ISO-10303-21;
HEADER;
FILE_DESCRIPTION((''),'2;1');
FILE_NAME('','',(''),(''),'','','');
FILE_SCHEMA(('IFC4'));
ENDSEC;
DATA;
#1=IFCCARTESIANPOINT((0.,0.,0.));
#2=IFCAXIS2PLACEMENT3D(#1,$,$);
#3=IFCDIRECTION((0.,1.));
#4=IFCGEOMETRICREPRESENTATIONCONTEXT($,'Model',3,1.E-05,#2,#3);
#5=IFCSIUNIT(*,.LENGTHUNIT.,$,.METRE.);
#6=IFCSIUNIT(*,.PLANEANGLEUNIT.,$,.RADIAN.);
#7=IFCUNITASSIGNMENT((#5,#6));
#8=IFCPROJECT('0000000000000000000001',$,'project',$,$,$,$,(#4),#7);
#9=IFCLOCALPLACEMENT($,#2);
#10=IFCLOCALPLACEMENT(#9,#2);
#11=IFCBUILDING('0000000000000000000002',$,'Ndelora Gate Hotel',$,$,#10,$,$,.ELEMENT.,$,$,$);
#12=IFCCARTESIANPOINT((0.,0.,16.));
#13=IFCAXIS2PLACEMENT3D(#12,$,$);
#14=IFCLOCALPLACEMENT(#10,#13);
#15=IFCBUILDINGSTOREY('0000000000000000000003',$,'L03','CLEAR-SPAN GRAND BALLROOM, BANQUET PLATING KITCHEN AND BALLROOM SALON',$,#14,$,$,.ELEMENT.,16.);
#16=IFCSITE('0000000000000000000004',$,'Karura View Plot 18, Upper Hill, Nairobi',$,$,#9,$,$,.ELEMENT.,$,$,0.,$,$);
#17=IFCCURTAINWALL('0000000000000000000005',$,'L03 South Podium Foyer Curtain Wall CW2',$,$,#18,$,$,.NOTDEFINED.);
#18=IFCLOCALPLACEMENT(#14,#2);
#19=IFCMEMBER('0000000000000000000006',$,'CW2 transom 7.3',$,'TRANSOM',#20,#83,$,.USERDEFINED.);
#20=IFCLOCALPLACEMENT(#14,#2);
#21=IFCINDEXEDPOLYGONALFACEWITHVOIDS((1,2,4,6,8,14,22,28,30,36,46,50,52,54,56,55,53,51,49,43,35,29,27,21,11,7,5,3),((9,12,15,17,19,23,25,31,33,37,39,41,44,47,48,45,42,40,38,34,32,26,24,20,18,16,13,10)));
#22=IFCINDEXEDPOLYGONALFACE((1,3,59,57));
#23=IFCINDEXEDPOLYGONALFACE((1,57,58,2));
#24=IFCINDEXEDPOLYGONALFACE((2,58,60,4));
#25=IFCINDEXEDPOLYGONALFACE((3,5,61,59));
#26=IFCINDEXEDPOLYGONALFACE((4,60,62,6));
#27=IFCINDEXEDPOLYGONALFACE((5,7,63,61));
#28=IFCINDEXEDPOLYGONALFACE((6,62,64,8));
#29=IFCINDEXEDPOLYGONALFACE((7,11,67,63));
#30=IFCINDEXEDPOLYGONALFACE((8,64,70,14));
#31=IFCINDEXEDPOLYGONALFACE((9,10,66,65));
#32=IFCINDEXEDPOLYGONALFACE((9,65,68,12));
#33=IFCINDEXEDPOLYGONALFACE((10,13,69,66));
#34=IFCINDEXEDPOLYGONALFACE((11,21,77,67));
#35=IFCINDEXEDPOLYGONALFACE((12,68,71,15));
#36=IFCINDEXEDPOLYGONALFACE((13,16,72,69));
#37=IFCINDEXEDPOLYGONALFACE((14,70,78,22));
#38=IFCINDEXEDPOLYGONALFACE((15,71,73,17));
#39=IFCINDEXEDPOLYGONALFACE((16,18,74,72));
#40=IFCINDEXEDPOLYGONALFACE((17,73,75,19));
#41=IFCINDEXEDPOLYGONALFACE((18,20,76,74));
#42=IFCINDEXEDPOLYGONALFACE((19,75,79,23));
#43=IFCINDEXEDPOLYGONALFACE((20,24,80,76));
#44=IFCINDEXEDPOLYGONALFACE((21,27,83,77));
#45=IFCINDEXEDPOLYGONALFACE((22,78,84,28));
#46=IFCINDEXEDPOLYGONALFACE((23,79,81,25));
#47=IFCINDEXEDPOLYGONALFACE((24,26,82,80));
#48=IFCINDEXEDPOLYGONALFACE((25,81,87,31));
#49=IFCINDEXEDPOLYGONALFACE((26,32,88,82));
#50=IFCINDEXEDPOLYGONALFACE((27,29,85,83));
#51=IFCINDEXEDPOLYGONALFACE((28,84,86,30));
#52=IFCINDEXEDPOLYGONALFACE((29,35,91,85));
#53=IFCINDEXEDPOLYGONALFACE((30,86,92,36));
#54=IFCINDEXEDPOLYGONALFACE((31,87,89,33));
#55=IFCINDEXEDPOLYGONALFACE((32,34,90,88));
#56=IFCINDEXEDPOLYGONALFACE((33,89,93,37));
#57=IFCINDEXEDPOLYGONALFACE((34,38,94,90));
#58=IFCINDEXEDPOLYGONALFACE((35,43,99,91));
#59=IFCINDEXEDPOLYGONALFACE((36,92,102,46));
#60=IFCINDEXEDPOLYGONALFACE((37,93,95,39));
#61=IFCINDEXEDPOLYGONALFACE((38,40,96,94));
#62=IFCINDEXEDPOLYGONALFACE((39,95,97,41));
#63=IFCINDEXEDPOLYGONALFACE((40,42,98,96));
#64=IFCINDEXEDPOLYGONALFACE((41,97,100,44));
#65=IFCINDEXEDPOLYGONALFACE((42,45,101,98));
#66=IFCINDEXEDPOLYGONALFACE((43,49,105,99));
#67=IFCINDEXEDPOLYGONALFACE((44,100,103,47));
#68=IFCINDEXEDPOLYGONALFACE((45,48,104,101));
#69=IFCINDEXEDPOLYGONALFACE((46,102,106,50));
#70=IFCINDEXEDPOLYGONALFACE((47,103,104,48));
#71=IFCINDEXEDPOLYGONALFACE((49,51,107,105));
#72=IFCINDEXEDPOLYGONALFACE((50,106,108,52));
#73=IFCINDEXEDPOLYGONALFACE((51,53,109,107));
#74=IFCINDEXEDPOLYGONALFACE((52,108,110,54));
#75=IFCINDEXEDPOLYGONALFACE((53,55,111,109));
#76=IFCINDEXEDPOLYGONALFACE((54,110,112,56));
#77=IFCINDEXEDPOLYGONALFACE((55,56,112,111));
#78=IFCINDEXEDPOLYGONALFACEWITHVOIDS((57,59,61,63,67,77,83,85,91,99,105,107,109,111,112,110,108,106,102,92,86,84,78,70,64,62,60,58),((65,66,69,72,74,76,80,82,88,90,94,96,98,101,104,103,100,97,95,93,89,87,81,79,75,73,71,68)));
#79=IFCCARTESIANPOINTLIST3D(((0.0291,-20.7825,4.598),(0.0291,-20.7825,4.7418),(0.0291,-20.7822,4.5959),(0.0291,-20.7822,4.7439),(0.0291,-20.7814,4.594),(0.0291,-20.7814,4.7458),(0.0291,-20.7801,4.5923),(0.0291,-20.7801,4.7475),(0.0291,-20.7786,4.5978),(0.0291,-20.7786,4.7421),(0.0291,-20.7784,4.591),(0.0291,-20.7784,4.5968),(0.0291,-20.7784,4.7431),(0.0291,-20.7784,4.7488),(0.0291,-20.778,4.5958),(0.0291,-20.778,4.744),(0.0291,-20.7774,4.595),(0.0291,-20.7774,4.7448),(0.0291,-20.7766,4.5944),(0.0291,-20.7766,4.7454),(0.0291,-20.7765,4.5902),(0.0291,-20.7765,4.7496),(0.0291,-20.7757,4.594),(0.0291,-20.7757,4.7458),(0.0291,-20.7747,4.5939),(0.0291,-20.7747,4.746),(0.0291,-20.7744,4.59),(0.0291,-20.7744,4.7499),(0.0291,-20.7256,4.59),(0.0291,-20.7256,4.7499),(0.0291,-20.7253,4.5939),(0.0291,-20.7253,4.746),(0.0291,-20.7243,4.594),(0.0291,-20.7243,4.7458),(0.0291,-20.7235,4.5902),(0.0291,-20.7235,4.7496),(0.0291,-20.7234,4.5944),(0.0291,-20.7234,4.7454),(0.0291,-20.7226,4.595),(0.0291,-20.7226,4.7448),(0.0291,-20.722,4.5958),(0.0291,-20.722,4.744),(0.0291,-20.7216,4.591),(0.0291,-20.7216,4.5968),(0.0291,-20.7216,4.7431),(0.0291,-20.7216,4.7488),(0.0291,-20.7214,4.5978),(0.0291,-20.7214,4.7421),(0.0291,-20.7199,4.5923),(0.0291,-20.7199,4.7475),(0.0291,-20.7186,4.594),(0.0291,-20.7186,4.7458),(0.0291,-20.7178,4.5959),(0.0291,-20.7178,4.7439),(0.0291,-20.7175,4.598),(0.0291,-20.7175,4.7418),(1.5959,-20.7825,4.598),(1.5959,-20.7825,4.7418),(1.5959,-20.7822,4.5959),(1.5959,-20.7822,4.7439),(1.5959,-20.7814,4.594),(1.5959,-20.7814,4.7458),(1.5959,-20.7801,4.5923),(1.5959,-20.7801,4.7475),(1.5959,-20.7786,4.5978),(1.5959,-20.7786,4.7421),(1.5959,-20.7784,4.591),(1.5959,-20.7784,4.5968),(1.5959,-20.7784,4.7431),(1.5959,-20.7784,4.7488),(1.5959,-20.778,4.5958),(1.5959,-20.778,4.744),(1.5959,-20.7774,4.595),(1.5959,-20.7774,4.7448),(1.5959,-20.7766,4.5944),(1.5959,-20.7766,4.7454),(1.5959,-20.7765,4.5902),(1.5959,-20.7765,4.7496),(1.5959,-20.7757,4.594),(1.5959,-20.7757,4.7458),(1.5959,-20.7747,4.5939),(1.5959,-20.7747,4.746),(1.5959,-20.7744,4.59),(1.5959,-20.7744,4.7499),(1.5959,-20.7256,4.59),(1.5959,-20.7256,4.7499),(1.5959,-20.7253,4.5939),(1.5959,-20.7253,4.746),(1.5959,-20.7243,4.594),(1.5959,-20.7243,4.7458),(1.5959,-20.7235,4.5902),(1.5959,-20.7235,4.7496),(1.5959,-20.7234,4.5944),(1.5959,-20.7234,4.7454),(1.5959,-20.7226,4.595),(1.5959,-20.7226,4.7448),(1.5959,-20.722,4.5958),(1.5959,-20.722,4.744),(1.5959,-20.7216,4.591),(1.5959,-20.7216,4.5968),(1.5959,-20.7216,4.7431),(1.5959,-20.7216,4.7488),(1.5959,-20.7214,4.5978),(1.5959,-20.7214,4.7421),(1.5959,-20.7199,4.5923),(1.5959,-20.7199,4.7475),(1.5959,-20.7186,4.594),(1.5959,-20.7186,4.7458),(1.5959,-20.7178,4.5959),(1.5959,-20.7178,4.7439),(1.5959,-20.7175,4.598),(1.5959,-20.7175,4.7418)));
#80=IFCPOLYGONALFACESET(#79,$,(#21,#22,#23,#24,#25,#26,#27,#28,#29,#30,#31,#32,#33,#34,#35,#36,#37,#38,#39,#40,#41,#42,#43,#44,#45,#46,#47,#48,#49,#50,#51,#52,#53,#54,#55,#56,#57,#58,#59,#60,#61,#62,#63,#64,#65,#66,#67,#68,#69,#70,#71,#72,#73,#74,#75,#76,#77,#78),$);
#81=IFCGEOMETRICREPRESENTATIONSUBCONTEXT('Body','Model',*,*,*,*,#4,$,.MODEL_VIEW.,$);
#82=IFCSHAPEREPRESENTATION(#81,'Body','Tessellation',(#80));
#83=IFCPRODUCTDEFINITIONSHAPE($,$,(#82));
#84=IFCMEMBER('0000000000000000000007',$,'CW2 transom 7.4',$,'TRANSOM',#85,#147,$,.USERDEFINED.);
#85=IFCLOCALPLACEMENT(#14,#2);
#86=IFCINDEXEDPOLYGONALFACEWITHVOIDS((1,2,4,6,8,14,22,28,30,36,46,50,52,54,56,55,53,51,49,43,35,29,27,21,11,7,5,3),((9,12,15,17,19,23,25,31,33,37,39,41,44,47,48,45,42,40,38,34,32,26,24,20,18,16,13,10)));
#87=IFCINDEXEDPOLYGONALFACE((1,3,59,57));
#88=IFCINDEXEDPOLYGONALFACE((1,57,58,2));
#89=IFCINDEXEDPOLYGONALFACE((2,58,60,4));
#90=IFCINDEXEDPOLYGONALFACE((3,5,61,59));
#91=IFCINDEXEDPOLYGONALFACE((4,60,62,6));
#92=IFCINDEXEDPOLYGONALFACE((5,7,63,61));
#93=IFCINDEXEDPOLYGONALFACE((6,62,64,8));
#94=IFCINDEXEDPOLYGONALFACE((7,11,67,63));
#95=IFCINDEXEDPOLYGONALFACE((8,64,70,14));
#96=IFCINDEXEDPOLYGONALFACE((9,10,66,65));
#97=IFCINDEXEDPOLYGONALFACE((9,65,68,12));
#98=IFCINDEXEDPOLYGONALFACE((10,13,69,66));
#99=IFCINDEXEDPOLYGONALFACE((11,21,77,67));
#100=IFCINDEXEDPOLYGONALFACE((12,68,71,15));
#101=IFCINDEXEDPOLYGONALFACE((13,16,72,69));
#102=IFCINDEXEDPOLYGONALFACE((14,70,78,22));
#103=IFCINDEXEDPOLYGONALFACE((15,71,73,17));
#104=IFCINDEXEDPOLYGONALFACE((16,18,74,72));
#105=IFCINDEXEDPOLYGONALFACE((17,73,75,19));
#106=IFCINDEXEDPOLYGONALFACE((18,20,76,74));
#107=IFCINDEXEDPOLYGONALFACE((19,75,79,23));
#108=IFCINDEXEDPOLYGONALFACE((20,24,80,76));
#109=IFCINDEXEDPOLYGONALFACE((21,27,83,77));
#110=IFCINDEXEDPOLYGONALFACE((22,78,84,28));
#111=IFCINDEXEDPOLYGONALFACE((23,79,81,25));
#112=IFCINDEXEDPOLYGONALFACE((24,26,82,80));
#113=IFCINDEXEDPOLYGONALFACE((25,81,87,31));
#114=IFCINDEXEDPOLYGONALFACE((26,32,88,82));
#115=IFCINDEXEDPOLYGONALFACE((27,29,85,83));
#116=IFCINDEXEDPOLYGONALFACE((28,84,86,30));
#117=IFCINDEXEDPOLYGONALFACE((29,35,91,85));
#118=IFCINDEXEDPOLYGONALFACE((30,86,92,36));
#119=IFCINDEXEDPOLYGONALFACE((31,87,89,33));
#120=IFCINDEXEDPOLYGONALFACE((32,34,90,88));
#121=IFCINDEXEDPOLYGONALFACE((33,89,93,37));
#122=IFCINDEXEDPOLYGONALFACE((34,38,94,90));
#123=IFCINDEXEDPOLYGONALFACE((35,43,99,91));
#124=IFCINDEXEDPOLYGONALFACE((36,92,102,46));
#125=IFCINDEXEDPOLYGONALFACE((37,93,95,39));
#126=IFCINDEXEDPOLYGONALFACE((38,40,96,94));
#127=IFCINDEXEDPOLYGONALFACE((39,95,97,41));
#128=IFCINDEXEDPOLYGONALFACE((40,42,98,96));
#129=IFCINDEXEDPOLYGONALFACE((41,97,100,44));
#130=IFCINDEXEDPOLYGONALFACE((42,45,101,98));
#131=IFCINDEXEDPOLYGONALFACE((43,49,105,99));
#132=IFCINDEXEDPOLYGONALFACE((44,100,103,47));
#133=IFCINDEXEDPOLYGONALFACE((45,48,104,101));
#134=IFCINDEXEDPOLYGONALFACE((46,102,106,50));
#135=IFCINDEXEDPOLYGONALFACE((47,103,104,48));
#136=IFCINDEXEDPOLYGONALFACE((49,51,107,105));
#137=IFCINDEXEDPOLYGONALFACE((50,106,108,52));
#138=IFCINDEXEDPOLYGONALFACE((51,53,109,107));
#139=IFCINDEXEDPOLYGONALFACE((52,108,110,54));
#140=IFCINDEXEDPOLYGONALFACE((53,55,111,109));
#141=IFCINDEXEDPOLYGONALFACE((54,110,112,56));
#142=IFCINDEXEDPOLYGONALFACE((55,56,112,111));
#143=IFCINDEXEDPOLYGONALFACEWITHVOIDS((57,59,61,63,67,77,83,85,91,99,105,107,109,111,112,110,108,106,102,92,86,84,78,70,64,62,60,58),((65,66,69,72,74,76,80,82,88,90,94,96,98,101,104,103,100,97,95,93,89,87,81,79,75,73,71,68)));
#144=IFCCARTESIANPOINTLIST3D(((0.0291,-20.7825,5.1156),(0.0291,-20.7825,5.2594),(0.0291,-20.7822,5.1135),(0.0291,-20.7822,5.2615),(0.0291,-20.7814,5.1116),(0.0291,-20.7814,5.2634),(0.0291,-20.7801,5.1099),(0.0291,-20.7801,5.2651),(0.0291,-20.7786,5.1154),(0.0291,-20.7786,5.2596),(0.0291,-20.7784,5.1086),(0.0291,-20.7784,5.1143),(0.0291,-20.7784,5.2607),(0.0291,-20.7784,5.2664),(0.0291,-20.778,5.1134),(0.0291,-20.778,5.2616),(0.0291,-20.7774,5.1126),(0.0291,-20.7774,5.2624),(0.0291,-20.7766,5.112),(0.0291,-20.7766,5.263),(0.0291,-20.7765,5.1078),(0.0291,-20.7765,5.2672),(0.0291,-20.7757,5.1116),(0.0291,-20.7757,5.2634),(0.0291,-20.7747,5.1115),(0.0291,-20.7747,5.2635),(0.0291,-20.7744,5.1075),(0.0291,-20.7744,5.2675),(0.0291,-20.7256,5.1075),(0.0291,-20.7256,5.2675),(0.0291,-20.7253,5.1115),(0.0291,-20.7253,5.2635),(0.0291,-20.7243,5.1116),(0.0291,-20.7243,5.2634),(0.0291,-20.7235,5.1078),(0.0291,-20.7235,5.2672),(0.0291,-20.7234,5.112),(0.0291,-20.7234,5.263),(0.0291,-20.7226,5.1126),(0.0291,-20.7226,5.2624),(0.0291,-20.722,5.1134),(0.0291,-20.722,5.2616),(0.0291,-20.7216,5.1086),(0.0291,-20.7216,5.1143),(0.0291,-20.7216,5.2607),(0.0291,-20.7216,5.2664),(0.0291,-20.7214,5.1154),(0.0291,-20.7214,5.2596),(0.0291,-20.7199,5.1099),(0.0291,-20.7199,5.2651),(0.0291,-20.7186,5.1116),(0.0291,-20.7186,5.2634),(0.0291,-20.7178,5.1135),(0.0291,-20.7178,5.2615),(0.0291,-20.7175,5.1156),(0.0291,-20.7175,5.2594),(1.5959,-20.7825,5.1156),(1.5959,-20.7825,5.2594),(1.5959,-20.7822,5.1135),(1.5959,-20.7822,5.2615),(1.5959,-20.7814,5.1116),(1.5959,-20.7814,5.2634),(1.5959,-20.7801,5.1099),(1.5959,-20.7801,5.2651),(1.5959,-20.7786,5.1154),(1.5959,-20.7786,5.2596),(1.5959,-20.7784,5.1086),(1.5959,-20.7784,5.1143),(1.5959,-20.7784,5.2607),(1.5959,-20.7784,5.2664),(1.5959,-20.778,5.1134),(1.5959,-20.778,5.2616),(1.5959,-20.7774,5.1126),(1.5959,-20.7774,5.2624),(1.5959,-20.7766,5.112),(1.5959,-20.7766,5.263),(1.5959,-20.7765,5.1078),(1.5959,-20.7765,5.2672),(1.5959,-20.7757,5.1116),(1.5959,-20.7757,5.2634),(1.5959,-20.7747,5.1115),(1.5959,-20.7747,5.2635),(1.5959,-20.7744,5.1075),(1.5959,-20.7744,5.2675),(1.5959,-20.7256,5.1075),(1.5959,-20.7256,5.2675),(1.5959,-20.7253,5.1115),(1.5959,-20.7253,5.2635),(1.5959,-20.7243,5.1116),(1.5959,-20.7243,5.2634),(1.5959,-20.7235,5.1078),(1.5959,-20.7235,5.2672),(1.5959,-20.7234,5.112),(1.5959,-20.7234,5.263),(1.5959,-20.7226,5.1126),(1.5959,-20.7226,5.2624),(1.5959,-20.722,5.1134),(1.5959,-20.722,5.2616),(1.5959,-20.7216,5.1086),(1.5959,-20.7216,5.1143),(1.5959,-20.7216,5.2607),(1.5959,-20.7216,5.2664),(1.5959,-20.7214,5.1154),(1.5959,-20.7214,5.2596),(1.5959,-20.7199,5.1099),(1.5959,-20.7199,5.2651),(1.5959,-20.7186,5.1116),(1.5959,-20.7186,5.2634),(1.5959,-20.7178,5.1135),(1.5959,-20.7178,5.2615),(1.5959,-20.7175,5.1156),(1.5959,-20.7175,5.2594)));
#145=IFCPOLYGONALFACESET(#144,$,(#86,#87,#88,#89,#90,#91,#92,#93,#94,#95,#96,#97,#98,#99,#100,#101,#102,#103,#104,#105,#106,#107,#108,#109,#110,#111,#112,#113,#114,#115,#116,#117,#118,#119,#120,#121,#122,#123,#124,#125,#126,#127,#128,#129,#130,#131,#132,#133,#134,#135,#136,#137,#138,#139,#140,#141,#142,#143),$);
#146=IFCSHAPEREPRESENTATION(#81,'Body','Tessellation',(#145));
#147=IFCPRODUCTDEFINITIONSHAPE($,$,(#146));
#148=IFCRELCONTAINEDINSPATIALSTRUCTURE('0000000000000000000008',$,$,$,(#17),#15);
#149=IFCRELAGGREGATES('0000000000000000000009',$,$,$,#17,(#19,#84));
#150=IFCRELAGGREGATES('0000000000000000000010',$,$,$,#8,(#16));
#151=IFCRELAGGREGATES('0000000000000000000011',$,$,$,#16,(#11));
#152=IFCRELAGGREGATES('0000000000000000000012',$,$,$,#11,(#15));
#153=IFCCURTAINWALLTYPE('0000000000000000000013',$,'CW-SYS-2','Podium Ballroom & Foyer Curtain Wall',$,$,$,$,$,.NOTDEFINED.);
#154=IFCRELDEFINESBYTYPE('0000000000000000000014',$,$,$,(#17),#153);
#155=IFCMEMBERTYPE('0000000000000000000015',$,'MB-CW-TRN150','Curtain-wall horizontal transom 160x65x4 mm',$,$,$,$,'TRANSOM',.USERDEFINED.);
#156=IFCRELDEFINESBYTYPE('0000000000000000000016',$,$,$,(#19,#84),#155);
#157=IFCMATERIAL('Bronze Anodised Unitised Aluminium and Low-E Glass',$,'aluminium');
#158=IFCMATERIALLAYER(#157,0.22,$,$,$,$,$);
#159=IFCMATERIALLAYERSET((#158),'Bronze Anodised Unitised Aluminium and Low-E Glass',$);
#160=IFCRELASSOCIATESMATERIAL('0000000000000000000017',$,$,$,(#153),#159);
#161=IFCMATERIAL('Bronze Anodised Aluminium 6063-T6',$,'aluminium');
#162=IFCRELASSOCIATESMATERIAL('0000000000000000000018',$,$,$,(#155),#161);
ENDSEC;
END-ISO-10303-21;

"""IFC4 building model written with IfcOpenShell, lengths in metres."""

from ifc_helpers import new_model, si_unit, direction, frame, origin, origin_2d, place, context, subcontext, project, spatial, hollow_rectangle, extrude, material, layer, layer_set, material_profile, profile_set, type_object, element, aggregate, save


model = new_model("IFC4")

# Units and contexts
model_context = context("Model", 3, precision=1e-05, world=origin(), true_north=direction((0.0, 1.0)))
body_context = subcontext(model_context, "Body", "Model", "MODEL_VIEW")
ifc_project = project(units=[si_unit("LENGTHUNIT", "METRE"), si_unit("PLANEANGLEUNIT", "RADIAN")], contexts=[model_context])

# Site, building, storey
site_placement = place(None, origin())
site = spatial("IfcSite", under=ifc_project, at=site_placement, Name="Karura View Plot 18, Upper Hill, Nairobi", CompositionType="ELEMENT", RefElevation=0.0)
building_placement = place(site_placement, origin())
building = spatial("IfcBuilding", under=site, at=building_placement, Name="Ndelora Gate Hotel", CompositionType="ELEMENT")
storey_placement = place(building_placement, frame((0.0, 0.0, 16.0)))
storey = spatial("IfcBuildingStorey", under=building, at=storey_placement, Name="L03", Description="CLEAR-SPAN GRAND BALLROOM, BANQUET PLATING KITCHEN AND BALLROOM SALON", CompositionType="ELEMENT", Elevation=16.0)

# Curtain wall, members
ifc_material_1 = material(Name="Bronze Anodised Unitised Aluminium and Low-E Glass", Category="aluminium")
ifc_layer_1 = layer(ifc_material_1, 0.22)
ifc_layer_set_1 = layer_set([ifc_layer_1], Name="Bronze Anodised Unitised Aluminium and Low-E Glass")
curtain_wall_type = type_object("IfcCurtainWallType", Name="CW-SYS-2", Description="Podium Ballroom & Foyer Curtain Wall", PredefinedType="NOTDEFINED", material=ifc_layer_set_1)
curtain_wall_placement = place(storey_placement, origin())
curtain_wall = element("IfcCurtainWall", 1, at=curtain_wall_placement, inside=storey, type_object=curtain_wall_type, Name="L03 South Podium Foyer Curtain Wall CW2", PredefinedType="NOTDEFINED")
ifc_material_2 = material(Name="Bronze Anodised Aluminium 6063-T6", Category="aluminium")
ifc_material_profile_1 = material_profile(ifc_material_2, hollow_rectangle(XDim=0.0649, YDim=0.1599, WallThickness=0.0039, InnerFilletRadius=0.0039, OuterFilletRadius=0.0081, at=origin_2d()), Name="ALU 160x65x4")
ifc_profile_set_1 = profile_set([ifc_material_profile_1], Name="Bronze Anodised Aluminium 6063-T6")
member_type_1 = type_object("IfcMemberType", Name="MB-CW-TRN150", Description="Curtain-wall horizontal transom 160x65x4 mm", ElementType="TRANSOM", PredefinedType="USERDEFINED", material=ifc_profile_set_1)
member_1_placement = place(storey_placement, frame((0.0291, -20.75, 4.6699), z_axis=(1.0, 0.0, 0.0), x_axis=(0.0, 1.0, 0.0)))
member_1 = element("IfcMember", 2, at=member_1_placement, type_object=member_type_1, Name="CW2 transom 7.3", ObjectType="TRANSOM", PredefinedType="USERDEFINED", context=body_context, shape_type="SweptSolid", body=[
    extrude(hollow_rectangle(XDim=0.0649, YDim=0.1599, WallThickness=0.0039, InnerFilletRadius=0.0039, OuterFilletRadius=0.0081, at=origin_2d()), origin(), (0.0, 0.0, 1.0), 1.5669),
])
member_2_placement = place(storey_placement, frame((0.0291, -20.75, 5.1875), z_axis=(1.0, 0.0, 0.0), x_axis=(0.0, 1.0, 0.0)))
member_2 = element("IfcMember", 3, at=member_2_placement, type_object=member_type_1, Name="CW2 transom 7.4", ObjectType="TRANSOM", PredefinedType="USERDEFINED", context=body_context, shape_type="SweptSolid", body=[
    extrude(hollow_rectangle(XDim=0.0649, YDim=0.1599, WallThickness=0.0039, InnerFilletRadius=0.0039, OuterFilletRadius=0.0081, at=origin_2d()), origin(), (0.0, 0.0, 1.0), 1.5669),
])
aggregate(curtain_wall, [member_1, member_2])

save(model, "model.ifc")
